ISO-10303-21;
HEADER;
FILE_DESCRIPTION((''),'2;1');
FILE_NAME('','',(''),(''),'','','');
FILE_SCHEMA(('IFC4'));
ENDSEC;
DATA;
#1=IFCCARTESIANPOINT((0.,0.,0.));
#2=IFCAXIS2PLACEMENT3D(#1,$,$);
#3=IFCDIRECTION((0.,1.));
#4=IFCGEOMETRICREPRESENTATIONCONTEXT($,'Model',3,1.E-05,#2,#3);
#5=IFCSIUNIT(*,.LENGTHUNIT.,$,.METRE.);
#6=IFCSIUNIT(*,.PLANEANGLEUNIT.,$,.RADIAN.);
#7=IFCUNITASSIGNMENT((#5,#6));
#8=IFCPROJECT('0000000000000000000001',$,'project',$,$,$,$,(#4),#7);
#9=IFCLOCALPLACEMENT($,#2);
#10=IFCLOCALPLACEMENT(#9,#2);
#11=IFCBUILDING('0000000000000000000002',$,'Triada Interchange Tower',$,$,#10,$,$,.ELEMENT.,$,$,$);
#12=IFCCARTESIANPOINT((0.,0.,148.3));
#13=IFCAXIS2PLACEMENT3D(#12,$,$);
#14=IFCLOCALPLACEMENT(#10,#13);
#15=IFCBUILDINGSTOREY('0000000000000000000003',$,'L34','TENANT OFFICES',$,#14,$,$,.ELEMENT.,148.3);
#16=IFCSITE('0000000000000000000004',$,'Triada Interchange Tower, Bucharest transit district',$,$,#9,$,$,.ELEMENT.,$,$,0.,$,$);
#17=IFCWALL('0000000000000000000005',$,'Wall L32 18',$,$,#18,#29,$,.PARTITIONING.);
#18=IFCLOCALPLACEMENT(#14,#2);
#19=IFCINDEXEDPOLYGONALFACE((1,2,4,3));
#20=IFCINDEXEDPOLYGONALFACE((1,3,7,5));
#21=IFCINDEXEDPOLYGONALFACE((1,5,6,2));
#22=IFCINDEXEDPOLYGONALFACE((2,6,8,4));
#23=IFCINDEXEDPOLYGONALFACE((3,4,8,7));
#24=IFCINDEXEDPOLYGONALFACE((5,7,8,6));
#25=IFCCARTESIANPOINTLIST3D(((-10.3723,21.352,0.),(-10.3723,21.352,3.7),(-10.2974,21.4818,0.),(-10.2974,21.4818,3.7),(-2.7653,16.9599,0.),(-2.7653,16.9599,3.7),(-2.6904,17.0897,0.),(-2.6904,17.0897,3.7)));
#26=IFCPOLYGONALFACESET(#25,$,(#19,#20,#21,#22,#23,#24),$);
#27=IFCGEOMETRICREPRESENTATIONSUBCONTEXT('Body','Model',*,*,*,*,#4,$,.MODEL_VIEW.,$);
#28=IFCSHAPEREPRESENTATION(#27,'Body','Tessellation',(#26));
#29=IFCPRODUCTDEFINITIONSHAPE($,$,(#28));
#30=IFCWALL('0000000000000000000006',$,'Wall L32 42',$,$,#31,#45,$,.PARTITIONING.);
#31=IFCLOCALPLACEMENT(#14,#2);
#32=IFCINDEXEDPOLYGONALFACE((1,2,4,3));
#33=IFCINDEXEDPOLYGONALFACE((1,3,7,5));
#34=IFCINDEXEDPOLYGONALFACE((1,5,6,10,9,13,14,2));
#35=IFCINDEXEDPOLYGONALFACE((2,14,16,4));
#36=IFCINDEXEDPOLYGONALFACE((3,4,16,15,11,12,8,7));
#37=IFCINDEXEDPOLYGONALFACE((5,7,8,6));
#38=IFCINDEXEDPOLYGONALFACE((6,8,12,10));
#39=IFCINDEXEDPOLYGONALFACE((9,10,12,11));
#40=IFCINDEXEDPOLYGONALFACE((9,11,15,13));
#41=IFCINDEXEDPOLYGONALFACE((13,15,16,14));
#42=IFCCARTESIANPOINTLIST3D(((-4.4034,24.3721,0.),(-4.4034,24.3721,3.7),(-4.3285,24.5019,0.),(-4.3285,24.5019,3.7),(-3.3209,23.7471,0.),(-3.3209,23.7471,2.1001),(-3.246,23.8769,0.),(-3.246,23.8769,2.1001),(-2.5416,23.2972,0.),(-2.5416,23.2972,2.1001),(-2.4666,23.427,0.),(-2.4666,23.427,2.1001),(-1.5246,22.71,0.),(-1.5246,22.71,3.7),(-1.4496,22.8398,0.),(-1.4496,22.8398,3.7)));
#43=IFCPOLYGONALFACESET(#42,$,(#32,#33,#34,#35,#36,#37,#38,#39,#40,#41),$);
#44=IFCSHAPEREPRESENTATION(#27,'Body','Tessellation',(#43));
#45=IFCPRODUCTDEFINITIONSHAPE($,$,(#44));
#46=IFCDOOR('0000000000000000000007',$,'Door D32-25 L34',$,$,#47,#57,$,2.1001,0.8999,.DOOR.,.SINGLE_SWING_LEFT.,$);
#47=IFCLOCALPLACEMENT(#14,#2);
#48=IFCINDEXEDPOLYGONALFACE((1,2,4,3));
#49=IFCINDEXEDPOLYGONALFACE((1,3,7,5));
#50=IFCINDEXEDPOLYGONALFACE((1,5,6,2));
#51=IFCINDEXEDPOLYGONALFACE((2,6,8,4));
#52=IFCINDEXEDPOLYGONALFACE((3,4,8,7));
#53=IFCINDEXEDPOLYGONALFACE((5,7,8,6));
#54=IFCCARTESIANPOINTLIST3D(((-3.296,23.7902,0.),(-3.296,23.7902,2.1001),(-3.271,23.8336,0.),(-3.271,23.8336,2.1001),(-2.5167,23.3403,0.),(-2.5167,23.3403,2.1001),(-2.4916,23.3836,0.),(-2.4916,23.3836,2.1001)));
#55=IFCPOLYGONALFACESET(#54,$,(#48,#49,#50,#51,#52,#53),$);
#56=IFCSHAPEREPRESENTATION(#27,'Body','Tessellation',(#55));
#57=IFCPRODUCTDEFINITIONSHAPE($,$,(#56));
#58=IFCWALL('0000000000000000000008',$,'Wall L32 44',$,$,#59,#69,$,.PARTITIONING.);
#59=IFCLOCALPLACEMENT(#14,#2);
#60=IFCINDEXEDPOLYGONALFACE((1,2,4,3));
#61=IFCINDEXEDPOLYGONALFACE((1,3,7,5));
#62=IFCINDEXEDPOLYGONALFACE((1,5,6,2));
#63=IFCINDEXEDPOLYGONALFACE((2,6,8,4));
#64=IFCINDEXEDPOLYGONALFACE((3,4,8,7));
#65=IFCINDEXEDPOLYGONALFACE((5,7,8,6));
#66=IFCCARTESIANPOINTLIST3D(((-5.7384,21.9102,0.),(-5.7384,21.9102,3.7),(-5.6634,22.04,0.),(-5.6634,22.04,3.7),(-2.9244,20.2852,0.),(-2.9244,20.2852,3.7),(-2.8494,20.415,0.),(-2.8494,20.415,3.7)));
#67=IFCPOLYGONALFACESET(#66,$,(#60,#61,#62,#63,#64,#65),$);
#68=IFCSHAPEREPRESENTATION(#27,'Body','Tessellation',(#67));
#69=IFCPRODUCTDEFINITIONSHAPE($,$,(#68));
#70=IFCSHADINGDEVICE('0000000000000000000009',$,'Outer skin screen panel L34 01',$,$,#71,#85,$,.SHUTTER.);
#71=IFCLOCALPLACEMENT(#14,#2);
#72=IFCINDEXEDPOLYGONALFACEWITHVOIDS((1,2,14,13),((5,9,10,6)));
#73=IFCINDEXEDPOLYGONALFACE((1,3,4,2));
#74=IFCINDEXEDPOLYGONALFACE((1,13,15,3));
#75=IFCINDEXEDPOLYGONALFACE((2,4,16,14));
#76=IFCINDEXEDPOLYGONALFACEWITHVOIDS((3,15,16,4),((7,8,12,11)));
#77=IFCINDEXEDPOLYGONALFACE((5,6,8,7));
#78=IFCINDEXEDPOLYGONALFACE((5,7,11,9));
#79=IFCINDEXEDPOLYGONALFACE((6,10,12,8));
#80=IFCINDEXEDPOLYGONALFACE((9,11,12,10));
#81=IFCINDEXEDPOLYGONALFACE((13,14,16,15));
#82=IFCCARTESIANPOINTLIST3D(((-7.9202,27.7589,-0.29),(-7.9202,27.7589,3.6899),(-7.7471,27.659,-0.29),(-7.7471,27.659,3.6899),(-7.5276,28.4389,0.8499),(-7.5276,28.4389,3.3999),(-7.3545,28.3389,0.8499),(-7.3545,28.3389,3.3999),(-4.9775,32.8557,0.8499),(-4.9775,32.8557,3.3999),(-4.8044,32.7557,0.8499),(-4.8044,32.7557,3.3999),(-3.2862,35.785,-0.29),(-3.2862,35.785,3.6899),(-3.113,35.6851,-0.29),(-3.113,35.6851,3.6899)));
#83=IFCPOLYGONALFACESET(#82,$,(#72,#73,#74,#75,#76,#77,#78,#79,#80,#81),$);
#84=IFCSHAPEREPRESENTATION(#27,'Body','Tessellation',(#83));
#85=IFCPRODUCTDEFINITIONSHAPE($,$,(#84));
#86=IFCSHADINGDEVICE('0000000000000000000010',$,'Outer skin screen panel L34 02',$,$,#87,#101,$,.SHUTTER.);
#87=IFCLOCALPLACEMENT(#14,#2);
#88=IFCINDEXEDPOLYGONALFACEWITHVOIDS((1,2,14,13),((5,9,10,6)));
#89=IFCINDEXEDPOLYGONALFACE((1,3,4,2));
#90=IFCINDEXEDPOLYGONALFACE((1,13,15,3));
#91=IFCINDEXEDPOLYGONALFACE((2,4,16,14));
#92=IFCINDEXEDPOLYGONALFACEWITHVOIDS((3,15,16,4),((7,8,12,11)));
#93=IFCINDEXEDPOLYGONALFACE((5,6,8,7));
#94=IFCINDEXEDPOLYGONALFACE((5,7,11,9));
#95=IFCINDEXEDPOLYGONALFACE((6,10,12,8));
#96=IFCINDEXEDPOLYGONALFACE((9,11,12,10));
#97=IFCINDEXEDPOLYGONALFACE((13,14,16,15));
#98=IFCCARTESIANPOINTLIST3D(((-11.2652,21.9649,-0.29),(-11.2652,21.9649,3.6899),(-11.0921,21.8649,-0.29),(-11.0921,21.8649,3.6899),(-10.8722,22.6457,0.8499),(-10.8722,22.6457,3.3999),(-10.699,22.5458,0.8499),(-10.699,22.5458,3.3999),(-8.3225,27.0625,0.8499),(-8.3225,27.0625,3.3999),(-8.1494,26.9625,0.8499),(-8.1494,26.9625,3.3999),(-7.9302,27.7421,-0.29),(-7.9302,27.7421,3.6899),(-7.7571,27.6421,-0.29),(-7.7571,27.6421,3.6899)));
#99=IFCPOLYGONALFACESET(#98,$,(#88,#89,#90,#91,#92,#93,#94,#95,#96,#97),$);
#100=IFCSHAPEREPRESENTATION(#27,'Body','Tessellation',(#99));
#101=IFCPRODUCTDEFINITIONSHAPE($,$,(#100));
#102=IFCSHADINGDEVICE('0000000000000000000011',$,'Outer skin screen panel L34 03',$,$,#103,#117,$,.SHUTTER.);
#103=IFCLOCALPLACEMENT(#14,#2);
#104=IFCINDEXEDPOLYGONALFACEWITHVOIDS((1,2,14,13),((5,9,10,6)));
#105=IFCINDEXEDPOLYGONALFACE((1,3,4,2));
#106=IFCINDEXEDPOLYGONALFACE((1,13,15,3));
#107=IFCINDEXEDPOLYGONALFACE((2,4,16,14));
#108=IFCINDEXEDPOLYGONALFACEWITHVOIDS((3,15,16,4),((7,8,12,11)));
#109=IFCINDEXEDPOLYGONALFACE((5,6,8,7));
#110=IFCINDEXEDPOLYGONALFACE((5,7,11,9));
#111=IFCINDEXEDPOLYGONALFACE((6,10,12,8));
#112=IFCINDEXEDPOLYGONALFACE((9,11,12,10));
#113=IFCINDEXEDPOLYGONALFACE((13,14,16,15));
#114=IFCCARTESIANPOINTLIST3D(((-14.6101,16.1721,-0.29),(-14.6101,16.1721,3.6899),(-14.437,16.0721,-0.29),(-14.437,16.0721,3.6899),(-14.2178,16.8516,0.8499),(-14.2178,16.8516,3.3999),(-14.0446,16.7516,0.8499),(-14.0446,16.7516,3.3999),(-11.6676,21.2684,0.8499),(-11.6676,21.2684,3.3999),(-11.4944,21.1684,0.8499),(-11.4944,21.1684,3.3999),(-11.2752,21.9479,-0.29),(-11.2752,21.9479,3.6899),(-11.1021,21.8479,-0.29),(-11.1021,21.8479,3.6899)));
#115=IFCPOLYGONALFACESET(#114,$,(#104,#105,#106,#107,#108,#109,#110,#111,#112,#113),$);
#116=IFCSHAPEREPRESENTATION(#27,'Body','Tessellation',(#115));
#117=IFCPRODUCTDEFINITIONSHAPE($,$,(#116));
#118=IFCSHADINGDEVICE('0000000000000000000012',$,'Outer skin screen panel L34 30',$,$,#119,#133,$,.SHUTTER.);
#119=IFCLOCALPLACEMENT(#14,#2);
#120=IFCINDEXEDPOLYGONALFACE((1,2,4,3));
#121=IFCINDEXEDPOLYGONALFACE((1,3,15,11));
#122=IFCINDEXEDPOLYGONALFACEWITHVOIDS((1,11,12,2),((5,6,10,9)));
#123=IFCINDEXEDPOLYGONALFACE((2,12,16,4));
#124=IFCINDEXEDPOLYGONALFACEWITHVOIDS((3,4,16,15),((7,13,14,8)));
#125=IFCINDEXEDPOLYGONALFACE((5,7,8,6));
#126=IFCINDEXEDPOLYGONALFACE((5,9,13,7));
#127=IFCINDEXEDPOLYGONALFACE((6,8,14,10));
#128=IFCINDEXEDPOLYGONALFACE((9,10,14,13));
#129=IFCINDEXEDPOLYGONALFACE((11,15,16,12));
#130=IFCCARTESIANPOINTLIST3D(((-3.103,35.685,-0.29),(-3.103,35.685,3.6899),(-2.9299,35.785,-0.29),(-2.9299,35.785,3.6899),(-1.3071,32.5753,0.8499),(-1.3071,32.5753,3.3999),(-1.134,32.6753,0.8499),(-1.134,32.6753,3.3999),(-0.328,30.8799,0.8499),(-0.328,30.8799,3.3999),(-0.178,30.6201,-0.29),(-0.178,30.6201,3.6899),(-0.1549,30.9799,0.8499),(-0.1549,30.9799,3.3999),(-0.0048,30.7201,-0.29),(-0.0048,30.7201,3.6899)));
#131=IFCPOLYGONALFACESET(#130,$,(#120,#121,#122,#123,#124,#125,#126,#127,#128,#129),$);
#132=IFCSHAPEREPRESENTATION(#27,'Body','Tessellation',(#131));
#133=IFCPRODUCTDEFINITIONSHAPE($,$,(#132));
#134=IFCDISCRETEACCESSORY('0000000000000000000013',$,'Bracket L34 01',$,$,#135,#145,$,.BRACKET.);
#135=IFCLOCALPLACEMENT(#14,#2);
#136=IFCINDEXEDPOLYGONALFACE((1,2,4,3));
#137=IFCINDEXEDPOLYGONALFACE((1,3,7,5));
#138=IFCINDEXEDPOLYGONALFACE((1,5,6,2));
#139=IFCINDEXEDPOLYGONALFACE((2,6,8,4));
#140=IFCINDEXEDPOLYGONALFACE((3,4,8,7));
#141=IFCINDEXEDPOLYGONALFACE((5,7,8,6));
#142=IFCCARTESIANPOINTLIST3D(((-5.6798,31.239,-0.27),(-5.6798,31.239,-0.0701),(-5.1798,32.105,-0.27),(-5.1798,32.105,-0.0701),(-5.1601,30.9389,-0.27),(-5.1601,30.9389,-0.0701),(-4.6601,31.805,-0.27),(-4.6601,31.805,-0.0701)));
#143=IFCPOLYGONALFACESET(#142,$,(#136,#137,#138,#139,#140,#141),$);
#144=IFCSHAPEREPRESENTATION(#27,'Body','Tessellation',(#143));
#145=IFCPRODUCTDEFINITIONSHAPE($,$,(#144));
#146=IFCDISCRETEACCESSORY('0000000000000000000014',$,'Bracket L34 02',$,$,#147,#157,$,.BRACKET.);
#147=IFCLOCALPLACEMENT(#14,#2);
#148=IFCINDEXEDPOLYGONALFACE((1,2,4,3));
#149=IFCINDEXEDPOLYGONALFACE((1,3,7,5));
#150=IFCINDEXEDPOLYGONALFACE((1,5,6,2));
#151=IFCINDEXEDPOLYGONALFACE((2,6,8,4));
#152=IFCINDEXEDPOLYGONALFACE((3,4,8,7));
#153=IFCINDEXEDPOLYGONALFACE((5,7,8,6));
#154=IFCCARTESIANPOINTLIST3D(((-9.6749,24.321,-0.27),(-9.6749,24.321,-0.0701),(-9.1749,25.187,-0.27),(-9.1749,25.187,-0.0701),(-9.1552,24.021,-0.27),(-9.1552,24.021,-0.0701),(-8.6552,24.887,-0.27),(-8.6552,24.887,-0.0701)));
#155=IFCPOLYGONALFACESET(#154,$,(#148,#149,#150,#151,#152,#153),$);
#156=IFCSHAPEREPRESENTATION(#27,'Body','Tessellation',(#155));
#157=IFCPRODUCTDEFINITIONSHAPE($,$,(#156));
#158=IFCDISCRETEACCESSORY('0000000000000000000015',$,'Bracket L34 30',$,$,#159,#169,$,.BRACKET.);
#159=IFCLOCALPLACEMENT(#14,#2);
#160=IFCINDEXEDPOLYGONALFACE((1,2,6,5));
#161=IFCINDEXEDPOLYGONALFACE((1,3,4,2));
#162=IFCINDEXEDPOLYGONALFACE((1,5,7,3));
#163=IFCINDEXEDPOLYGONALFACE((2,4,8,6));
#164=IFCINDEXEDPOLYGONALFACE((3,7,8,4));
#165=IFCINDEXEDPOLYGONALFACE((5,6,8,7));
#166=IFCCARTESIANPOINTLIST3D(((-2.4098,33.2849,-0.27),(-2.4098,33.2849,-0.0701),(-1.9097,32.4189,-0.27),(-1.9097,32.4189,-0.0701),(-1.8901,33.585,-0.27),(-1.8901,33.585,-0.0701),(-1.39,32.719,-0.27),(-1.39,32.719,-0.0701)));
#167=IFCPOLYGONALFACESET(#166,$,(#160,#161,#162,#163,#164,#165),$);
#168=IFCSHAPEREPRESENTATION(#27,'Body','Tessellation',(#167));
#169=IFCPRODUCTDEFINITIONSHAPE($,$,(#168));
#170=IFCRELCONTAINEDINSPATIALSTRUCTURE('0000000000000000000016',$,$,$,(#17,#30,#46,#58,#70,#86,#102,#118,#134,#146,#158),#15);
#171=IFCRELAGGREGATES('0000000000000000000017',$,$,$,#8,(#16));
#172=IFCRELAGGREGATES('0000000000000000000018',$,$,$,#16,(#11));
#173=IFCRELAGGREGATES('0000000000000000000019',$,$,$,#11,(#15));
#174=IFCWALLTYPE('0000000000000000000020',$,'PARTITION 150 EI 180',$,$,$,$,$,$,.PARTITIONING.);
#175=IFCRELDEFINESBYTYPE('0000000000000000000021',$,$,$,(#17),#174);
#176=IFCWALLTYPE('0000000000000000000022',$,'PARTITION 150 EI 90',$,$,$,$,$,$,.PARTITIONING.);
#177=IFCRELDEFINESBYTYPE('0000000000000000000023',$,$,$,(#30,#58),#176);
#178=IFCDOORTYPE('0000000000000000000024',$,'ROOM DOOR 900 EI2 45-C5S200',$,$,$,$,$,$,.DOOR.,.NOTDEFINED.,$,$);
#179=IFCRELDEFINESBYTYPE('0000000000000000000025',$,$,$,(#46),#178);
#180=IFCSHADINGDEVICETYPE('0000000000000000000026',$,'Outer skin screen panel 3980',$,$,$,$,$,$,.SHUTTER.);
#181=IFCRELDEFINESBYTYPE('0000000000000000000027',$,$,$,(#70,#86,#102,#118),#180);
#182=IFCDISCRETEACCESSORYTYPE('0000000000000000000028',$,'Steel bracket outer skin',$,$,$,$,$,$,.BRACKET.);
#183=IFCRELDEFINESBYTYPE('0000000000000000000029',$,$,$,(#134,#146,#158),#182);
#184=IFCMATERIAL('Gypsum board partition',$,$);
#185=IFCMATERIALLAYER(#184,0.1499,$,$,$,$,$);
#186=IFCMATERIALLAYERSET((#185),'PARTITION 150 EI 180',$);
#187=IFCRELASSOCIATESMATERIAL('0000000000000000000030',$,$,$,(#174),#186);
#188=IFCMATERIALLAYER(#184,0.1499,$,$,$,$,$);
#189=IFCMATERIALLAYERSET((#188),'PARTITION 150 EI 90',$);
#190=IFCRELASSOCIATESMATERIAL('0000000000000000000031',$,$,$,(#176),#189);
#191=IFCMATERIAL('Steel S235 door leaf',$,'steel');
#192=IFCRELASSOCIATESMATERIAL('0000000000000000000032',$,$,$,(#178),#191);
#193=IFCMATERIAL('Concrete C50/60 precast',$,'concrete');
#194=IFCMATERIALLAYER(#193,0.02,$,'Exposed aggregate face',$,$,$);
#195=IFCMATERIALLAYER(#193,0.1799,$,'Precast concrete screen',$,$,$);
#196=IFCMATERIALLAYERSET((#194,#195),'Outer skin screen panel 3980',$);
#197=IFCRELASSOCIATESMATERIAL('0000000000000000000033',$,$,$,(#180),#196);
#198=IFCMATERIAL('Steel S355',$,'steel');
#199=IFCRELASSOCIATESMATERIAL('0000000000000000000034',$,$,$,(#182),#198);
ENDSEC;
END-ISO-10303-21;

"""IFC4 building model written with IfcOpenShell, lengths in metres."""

from ifc_helpers import new_model, si_unit, direction, frame, frame_2d, origin, origin_2d, place, context, subcontext, project, spatial, polyline, rectangle, outline, extrude, material, layer, layer_set, type_object, element, fill, save


model = new_model("IFC4")

# Units and contexts
model_context = context("Model", 3, precision=1e-05, world=origin(), true_north=direction((0.0, 1.0)))
body_context = subcontext(model_context, "Body", "Model", "MODEL_VIEW")
ifc_project = project(units=[si_unit("LENGTHUNIT", "METRE"), si_unit("PLANEANGLEUNIT", "RADIAN")], contexts=[model_context])

# Site, building, storey
site_placement = place(None, origin())
site = spatial("IfcSite", under=ifc_project, at=site_placement, Name="Triada Interchange Tower, Bucharest transit district", CompositionType="ELEMENT", RefElevation=0.0)
building_placement = place(site_placement, origin())
building = spatial("IfcBuilding", under=site, at=building_placement, Name="Triada Interchange Tower", CompositionType="ELEMENT")
storey_placement = place(building_placement, frame((0.0, 0.0, 148.3)))
storey = spatial("IfcBuildingStorey", under=building, at=storey_placement, Name="L34", Description="TENANT OFFICES", CompositionType="ELEMENT", Elevation=148.3)

# Wall
ifc_material_1 = material(Name="Gypsum board partition")
ifc_layer_1 = layer(ifc_material_1, 0.1499)
ifc_layer_set_1 = layer_set([ifc_layer_1], Name="PARTITION 150 EI 180")
wall_type_1 = type_object("IfcWallType", Name="PARTITION 150 EI 180", PredefinedType="PARTITIONING", material=ifc_layer_set_1)
wall_1_placement = place(storey_placement, frame((-10.335, 21.417, 0.0), z_axis=(0.0, 0.0, 1.0), x_axis=(0.866014, -0.500019, 0.0)))
element("IfcWall", 1, at=wall_1_placement, inside=storey, type_object=wall_type_1, Name="Wall L32 18", PredefinedType="PARTITIONING", context=body_context, shape_type="SweptSolid", body=[
    extrude(rectangle(XDim=8.7839, YDim=0.1499, at=frame_2d((4.3921, 0.0))), origin(), (0.0, 0.0, 1.0), 3.7),
])

# Wall, opening, door
ifc_layer_2 = layer(ifc_material_1, 0.1499)
ifc_layer_set_2 = layer_set([ifc_layer_2], Name="PARTITION 150 EI 90")
wall_type_2 = type_object("IfcWallType", Name="PARTITION 150 EI 90", PredefinedType="PARTITIONING", material=ifc_layer_set_2)
wall_2_placement = place(storey_placement, frame((-4.366, 24.437, 0.0), z_axis=(0.0, 0.0, 1.0), x_axis=(0.866029, -0.499994, 0.0)))
wall_2 = element("IfcWall", 2, at=wall_2_placement, inside=storey, type_object=wall_type_2, Name="Wall L32 42", PredefinedType="PARTITIONING", context=body_context, shape_type="SweptSolid", body=[
    extrude(rectangle(XDim=3.3242, YDim=0.1499, at=frame_2d((1.6621, 0.0))), origin(), (0.0, 0.0, 1.0), 3.7),
])
opening_1_placement = place(wall_2_placement, frame((1.25, 0.0, 0.0)))
opening_1 = element("IfcOpeningElement", 3, at=opening_1_placement, cuts=wall_2, PredefinedType="OPENING", context=body_context, shape_type="SweptSolid", body=[
    extrude(rectangle(XDim=0.8999, YDim=2.1001, at=frame_2d((0.45, 1.05))), frame((0.0, 0.085, 0.0), z_axis=(0.0, -1.0, 0.0), x_axis=(1.0, 0.0, 0.0)), (0.0, 0.0, 1.0), 0.1699),
])
ifc_material_2 = material(Name="Steel S235 door leaf", Category="steel")
door_type = type_object("IfcDoorType", Name="ROOM DOOR 900 EI2 45-C5S200", OperationType="NOTDEFINED", PredefinedType="DOOR", material=ifc_material_2)
door_placement = place(opening_1_placement, origin())
door = element("IfcDoor", 4, at=door_placement, inside=storey, type_object=door_type, Name="Door D32-25 L34", OperationType="SINGLE_SWING_LEFT", OverallHeight=2.1001, OverallWidth=0.8999, PredefinedType="DOOR", context=body_context, shape_type="SweptSolid", body=[
    extrude(rectangle(XDim=0.8999, YDim=2.1001, at=frame_2d((0.45, 1.05))), frame((0.0, 0.0249, 0.0), z_axis=(0.0, -1.0, 0.0), x_axis=(1.0, 0.0, 0.0)), (0.0, 0.0, 1.0), 0.05),
])
fill(opening_1, door)

# Wall
wall_3_placement = place(storey_placement, frame((-5.7009, 21.9751, 0.0), z_axis=(0.0, 0.0, 1.0), x_axis=(0.865978, -0.500082, 0.0)))
element("IfcWall", 5, at=wall_3_placement, inside=storey, type_object=wall_type_2, Name="Wall L32 44", PredefinedType="PARTITIONING", context=body_context, shape_type="SweptSolid", body=[
    extrude(rectangle(XDim=3.2495, YDim=0.1499, at=frame_2d((1.6248, 0.0))), origin(), (0.0, 0.0, 1.0), 3.7),
])

# Shading devices
ifc_material_3 = material(Name="Concrete C50/60 precast", Category="concrete")
ifc_layer_3 = layer(ifc_material_3, 0.02, Name="Exposed aggregate face")
ifc_layer_4 = layer(ifc_material_3, 0.1799, Name="Precast concrete screen")
ifc_layer_set_3 = layer_set([ifc_layer_3, ifc_layer_4], Name="Outer skin screen panel 3980")
shading_device_type = type_object("IfcShadingDeviceType", Name="Outer skin screen panel 3980", PredefinedType="SHUTTER", material=ifc_layer_set_3)
shading_device_1_placement = place(storey_placement, frame((-3.113, 35.6851, -0.29), z_axis=(0.0, 0.0, 1.0), x_axis=(-0.500012, -0.866018, 0.0)))
element("IfcShadingDevice", 6, at=shading_device_1_placement, inside=storey, type_object=shading_device_type, Name="Outer skin screen panel L34 01", PredefinedType="SHUTTER", context=body_context, shape_type="SweptSolid", body=[
    extrude(outline(polyline([(0.0, 0.0), (9.2678, 0.0), (9.2678, 3.98), (0.0, 3.98), (0.0, 0.0)]), holes=[polyline([(3.3826, 1.1399), (3.3826, 3.6899), (8.4827, 3.6899), (8.4827, 1.1399), (3.3826, 1.1399)])]), frame((0.0, 0.0, 0.0), z_axis=(0.0, -1.0, 0.0), x_axis=(1.0, 0.0, 0.0)), (0.0, 0.0, 1.0), 0.2),
])
shading_device_2_placement = place(storey_placement, frame((-7.7571, 27.6421, -0.29), z_axis=(0.0, 0.0, 1.0), x_axis=(-0.49995, -0.866055, 0.0)))
element("IfcShadingDevice", 7, at=shading_device_2_placement, inside=storey, type_object=shading_device_type, Name="Outer skin screen panel L34 02", PredefinedType="SHUTTER", context=body_context, shape_type="SweptSolid", body=[
    extrude(outline(polyline([(0.0, 0.0), (6.6707, 0.0), (6.6707, 3.98), (0.0, 3.98), (0.0, 0.0)]), holes=[polyline([(0.7847, 1.1399), (0.7847, 3.6899), (5.8845, 3.6899), (5.8845, 1.1399), (0.7847, 1.1399)])]), frame((0.0, 0.0, 0.0), z_axis=(0.0, -1.0, 0.0), x_axis=(1.0, 0.0, 0.0)), (0.0, 0.0, 1.0), 0.2),
])
shading_device_3_placement = place(storey_placement, frame((-11.1021, 21.8479, -0.29), z_axis=(0.0, 0.0, 1.0), x_axis=(-0.500029, -0.866009, 0.0)))
element("IfcShadingDevice", 8, at=shading_device_3_placement, inside=storey, type_object=shading_device_type, Name="Outer skin screen panel L34 03", PredefinedType="SHUTTER", context=body_context, shape_type="SweptSolid", body=[
    extrude(outline(polyline([(0.0, 0.0), (6.6694, 0.0), (6.6694, 3.98), (0.0, 3.98), (0.0, 0.0)]), holes=[polyline([(0.7847, 1.1399), (0.7847, 3.6899), (5.8848, 3.6899), (5.8848, 1.1399), (0.7847, 1.1399)])]), frame((0.0, 0.0, 0.0), z_axis=(0.0, -1.0, 0.0), x_axis=(1.0, 0.0, 0.0)), (0.0, 0.0, 1.0), 0.2),
])
shading_device_4_placement = place(storey_placement, frame((-0.178, 30.6201, -0.29), z_axis=(0.0, 0.0, 1.0), x_axis=(-0.500103, 0.865966, 0.0)))
element("IfcShadingDevice", 9, at=shading_device_4_placement, inside=storey, type_object=shading_device_type, Name="Outer skin screen panel L34 30", PredefinedType="SHUTTER", context=body_context, shape_type="SweptSolid", body=[
    extrude(outline(polyline([(0.0, 0.0), (5.8489, 0.0), (5.8489, 3.98), (0.0, 3.98), (0.0, 0.0)]), holes=[polyline([(0.3, 1.1399), (0.3, 3.6899), (2.2578, 3.6899), (2.2578, 1.1399), (0.3, 1.1399)])]), frame((0.0, 0.0, 0.0), z_axis=(0.0, -1.0, 0.0), x_axis=(1.0, 0.0, 0.0)), (0.0, 0.0, 1.0), 0.2),
])

# Discrete accessories
ifc_material_4 = material(Name="Steel S355", Category="steel")
discrete_accessory_type = type_object("IfcDiscreteAccessoryType", Name="Steel bracket outer skin", PredefinedType="BRACKET", material=ifc_material_4)
for number, where, z_axis, x_axis, name in (
    (10, (-5.1699, 31.522, -0.27), (0.0, 0.0, 1.0), (-0.866021, 0.500007, 0.0), "Bracket L34 01"),
    (11, (-9.165, 24.604, -0.27), (0.0, 0.0, 1.0), (-0.866021, 0.500007, 0.0), "Bracket L34 02"),
    (12, (-1.8999, 33.002, -0.27), (0.0, 0.0, 1.0), (0.866017, 0.500015, 0.0), "Bracket L34 30"),
):
    element("IfcDiscreteAccessory", number, at=place(storey_placement, frame(where, z_axis=z_axis, x_axis=x_axis)), inside=storey, type_object=discrete_accessory_type, Name=name, PredefinedType="BRACKET", context=body_context, shape_type="SweptSolid", body=[
        extrude(rectangle(XDim=0.6001, YDim=1.0, at=origin_2d()), origin(), (0.0, 0.0, 1.0), 0.2),
    ])

save(model, "model.ifc")
